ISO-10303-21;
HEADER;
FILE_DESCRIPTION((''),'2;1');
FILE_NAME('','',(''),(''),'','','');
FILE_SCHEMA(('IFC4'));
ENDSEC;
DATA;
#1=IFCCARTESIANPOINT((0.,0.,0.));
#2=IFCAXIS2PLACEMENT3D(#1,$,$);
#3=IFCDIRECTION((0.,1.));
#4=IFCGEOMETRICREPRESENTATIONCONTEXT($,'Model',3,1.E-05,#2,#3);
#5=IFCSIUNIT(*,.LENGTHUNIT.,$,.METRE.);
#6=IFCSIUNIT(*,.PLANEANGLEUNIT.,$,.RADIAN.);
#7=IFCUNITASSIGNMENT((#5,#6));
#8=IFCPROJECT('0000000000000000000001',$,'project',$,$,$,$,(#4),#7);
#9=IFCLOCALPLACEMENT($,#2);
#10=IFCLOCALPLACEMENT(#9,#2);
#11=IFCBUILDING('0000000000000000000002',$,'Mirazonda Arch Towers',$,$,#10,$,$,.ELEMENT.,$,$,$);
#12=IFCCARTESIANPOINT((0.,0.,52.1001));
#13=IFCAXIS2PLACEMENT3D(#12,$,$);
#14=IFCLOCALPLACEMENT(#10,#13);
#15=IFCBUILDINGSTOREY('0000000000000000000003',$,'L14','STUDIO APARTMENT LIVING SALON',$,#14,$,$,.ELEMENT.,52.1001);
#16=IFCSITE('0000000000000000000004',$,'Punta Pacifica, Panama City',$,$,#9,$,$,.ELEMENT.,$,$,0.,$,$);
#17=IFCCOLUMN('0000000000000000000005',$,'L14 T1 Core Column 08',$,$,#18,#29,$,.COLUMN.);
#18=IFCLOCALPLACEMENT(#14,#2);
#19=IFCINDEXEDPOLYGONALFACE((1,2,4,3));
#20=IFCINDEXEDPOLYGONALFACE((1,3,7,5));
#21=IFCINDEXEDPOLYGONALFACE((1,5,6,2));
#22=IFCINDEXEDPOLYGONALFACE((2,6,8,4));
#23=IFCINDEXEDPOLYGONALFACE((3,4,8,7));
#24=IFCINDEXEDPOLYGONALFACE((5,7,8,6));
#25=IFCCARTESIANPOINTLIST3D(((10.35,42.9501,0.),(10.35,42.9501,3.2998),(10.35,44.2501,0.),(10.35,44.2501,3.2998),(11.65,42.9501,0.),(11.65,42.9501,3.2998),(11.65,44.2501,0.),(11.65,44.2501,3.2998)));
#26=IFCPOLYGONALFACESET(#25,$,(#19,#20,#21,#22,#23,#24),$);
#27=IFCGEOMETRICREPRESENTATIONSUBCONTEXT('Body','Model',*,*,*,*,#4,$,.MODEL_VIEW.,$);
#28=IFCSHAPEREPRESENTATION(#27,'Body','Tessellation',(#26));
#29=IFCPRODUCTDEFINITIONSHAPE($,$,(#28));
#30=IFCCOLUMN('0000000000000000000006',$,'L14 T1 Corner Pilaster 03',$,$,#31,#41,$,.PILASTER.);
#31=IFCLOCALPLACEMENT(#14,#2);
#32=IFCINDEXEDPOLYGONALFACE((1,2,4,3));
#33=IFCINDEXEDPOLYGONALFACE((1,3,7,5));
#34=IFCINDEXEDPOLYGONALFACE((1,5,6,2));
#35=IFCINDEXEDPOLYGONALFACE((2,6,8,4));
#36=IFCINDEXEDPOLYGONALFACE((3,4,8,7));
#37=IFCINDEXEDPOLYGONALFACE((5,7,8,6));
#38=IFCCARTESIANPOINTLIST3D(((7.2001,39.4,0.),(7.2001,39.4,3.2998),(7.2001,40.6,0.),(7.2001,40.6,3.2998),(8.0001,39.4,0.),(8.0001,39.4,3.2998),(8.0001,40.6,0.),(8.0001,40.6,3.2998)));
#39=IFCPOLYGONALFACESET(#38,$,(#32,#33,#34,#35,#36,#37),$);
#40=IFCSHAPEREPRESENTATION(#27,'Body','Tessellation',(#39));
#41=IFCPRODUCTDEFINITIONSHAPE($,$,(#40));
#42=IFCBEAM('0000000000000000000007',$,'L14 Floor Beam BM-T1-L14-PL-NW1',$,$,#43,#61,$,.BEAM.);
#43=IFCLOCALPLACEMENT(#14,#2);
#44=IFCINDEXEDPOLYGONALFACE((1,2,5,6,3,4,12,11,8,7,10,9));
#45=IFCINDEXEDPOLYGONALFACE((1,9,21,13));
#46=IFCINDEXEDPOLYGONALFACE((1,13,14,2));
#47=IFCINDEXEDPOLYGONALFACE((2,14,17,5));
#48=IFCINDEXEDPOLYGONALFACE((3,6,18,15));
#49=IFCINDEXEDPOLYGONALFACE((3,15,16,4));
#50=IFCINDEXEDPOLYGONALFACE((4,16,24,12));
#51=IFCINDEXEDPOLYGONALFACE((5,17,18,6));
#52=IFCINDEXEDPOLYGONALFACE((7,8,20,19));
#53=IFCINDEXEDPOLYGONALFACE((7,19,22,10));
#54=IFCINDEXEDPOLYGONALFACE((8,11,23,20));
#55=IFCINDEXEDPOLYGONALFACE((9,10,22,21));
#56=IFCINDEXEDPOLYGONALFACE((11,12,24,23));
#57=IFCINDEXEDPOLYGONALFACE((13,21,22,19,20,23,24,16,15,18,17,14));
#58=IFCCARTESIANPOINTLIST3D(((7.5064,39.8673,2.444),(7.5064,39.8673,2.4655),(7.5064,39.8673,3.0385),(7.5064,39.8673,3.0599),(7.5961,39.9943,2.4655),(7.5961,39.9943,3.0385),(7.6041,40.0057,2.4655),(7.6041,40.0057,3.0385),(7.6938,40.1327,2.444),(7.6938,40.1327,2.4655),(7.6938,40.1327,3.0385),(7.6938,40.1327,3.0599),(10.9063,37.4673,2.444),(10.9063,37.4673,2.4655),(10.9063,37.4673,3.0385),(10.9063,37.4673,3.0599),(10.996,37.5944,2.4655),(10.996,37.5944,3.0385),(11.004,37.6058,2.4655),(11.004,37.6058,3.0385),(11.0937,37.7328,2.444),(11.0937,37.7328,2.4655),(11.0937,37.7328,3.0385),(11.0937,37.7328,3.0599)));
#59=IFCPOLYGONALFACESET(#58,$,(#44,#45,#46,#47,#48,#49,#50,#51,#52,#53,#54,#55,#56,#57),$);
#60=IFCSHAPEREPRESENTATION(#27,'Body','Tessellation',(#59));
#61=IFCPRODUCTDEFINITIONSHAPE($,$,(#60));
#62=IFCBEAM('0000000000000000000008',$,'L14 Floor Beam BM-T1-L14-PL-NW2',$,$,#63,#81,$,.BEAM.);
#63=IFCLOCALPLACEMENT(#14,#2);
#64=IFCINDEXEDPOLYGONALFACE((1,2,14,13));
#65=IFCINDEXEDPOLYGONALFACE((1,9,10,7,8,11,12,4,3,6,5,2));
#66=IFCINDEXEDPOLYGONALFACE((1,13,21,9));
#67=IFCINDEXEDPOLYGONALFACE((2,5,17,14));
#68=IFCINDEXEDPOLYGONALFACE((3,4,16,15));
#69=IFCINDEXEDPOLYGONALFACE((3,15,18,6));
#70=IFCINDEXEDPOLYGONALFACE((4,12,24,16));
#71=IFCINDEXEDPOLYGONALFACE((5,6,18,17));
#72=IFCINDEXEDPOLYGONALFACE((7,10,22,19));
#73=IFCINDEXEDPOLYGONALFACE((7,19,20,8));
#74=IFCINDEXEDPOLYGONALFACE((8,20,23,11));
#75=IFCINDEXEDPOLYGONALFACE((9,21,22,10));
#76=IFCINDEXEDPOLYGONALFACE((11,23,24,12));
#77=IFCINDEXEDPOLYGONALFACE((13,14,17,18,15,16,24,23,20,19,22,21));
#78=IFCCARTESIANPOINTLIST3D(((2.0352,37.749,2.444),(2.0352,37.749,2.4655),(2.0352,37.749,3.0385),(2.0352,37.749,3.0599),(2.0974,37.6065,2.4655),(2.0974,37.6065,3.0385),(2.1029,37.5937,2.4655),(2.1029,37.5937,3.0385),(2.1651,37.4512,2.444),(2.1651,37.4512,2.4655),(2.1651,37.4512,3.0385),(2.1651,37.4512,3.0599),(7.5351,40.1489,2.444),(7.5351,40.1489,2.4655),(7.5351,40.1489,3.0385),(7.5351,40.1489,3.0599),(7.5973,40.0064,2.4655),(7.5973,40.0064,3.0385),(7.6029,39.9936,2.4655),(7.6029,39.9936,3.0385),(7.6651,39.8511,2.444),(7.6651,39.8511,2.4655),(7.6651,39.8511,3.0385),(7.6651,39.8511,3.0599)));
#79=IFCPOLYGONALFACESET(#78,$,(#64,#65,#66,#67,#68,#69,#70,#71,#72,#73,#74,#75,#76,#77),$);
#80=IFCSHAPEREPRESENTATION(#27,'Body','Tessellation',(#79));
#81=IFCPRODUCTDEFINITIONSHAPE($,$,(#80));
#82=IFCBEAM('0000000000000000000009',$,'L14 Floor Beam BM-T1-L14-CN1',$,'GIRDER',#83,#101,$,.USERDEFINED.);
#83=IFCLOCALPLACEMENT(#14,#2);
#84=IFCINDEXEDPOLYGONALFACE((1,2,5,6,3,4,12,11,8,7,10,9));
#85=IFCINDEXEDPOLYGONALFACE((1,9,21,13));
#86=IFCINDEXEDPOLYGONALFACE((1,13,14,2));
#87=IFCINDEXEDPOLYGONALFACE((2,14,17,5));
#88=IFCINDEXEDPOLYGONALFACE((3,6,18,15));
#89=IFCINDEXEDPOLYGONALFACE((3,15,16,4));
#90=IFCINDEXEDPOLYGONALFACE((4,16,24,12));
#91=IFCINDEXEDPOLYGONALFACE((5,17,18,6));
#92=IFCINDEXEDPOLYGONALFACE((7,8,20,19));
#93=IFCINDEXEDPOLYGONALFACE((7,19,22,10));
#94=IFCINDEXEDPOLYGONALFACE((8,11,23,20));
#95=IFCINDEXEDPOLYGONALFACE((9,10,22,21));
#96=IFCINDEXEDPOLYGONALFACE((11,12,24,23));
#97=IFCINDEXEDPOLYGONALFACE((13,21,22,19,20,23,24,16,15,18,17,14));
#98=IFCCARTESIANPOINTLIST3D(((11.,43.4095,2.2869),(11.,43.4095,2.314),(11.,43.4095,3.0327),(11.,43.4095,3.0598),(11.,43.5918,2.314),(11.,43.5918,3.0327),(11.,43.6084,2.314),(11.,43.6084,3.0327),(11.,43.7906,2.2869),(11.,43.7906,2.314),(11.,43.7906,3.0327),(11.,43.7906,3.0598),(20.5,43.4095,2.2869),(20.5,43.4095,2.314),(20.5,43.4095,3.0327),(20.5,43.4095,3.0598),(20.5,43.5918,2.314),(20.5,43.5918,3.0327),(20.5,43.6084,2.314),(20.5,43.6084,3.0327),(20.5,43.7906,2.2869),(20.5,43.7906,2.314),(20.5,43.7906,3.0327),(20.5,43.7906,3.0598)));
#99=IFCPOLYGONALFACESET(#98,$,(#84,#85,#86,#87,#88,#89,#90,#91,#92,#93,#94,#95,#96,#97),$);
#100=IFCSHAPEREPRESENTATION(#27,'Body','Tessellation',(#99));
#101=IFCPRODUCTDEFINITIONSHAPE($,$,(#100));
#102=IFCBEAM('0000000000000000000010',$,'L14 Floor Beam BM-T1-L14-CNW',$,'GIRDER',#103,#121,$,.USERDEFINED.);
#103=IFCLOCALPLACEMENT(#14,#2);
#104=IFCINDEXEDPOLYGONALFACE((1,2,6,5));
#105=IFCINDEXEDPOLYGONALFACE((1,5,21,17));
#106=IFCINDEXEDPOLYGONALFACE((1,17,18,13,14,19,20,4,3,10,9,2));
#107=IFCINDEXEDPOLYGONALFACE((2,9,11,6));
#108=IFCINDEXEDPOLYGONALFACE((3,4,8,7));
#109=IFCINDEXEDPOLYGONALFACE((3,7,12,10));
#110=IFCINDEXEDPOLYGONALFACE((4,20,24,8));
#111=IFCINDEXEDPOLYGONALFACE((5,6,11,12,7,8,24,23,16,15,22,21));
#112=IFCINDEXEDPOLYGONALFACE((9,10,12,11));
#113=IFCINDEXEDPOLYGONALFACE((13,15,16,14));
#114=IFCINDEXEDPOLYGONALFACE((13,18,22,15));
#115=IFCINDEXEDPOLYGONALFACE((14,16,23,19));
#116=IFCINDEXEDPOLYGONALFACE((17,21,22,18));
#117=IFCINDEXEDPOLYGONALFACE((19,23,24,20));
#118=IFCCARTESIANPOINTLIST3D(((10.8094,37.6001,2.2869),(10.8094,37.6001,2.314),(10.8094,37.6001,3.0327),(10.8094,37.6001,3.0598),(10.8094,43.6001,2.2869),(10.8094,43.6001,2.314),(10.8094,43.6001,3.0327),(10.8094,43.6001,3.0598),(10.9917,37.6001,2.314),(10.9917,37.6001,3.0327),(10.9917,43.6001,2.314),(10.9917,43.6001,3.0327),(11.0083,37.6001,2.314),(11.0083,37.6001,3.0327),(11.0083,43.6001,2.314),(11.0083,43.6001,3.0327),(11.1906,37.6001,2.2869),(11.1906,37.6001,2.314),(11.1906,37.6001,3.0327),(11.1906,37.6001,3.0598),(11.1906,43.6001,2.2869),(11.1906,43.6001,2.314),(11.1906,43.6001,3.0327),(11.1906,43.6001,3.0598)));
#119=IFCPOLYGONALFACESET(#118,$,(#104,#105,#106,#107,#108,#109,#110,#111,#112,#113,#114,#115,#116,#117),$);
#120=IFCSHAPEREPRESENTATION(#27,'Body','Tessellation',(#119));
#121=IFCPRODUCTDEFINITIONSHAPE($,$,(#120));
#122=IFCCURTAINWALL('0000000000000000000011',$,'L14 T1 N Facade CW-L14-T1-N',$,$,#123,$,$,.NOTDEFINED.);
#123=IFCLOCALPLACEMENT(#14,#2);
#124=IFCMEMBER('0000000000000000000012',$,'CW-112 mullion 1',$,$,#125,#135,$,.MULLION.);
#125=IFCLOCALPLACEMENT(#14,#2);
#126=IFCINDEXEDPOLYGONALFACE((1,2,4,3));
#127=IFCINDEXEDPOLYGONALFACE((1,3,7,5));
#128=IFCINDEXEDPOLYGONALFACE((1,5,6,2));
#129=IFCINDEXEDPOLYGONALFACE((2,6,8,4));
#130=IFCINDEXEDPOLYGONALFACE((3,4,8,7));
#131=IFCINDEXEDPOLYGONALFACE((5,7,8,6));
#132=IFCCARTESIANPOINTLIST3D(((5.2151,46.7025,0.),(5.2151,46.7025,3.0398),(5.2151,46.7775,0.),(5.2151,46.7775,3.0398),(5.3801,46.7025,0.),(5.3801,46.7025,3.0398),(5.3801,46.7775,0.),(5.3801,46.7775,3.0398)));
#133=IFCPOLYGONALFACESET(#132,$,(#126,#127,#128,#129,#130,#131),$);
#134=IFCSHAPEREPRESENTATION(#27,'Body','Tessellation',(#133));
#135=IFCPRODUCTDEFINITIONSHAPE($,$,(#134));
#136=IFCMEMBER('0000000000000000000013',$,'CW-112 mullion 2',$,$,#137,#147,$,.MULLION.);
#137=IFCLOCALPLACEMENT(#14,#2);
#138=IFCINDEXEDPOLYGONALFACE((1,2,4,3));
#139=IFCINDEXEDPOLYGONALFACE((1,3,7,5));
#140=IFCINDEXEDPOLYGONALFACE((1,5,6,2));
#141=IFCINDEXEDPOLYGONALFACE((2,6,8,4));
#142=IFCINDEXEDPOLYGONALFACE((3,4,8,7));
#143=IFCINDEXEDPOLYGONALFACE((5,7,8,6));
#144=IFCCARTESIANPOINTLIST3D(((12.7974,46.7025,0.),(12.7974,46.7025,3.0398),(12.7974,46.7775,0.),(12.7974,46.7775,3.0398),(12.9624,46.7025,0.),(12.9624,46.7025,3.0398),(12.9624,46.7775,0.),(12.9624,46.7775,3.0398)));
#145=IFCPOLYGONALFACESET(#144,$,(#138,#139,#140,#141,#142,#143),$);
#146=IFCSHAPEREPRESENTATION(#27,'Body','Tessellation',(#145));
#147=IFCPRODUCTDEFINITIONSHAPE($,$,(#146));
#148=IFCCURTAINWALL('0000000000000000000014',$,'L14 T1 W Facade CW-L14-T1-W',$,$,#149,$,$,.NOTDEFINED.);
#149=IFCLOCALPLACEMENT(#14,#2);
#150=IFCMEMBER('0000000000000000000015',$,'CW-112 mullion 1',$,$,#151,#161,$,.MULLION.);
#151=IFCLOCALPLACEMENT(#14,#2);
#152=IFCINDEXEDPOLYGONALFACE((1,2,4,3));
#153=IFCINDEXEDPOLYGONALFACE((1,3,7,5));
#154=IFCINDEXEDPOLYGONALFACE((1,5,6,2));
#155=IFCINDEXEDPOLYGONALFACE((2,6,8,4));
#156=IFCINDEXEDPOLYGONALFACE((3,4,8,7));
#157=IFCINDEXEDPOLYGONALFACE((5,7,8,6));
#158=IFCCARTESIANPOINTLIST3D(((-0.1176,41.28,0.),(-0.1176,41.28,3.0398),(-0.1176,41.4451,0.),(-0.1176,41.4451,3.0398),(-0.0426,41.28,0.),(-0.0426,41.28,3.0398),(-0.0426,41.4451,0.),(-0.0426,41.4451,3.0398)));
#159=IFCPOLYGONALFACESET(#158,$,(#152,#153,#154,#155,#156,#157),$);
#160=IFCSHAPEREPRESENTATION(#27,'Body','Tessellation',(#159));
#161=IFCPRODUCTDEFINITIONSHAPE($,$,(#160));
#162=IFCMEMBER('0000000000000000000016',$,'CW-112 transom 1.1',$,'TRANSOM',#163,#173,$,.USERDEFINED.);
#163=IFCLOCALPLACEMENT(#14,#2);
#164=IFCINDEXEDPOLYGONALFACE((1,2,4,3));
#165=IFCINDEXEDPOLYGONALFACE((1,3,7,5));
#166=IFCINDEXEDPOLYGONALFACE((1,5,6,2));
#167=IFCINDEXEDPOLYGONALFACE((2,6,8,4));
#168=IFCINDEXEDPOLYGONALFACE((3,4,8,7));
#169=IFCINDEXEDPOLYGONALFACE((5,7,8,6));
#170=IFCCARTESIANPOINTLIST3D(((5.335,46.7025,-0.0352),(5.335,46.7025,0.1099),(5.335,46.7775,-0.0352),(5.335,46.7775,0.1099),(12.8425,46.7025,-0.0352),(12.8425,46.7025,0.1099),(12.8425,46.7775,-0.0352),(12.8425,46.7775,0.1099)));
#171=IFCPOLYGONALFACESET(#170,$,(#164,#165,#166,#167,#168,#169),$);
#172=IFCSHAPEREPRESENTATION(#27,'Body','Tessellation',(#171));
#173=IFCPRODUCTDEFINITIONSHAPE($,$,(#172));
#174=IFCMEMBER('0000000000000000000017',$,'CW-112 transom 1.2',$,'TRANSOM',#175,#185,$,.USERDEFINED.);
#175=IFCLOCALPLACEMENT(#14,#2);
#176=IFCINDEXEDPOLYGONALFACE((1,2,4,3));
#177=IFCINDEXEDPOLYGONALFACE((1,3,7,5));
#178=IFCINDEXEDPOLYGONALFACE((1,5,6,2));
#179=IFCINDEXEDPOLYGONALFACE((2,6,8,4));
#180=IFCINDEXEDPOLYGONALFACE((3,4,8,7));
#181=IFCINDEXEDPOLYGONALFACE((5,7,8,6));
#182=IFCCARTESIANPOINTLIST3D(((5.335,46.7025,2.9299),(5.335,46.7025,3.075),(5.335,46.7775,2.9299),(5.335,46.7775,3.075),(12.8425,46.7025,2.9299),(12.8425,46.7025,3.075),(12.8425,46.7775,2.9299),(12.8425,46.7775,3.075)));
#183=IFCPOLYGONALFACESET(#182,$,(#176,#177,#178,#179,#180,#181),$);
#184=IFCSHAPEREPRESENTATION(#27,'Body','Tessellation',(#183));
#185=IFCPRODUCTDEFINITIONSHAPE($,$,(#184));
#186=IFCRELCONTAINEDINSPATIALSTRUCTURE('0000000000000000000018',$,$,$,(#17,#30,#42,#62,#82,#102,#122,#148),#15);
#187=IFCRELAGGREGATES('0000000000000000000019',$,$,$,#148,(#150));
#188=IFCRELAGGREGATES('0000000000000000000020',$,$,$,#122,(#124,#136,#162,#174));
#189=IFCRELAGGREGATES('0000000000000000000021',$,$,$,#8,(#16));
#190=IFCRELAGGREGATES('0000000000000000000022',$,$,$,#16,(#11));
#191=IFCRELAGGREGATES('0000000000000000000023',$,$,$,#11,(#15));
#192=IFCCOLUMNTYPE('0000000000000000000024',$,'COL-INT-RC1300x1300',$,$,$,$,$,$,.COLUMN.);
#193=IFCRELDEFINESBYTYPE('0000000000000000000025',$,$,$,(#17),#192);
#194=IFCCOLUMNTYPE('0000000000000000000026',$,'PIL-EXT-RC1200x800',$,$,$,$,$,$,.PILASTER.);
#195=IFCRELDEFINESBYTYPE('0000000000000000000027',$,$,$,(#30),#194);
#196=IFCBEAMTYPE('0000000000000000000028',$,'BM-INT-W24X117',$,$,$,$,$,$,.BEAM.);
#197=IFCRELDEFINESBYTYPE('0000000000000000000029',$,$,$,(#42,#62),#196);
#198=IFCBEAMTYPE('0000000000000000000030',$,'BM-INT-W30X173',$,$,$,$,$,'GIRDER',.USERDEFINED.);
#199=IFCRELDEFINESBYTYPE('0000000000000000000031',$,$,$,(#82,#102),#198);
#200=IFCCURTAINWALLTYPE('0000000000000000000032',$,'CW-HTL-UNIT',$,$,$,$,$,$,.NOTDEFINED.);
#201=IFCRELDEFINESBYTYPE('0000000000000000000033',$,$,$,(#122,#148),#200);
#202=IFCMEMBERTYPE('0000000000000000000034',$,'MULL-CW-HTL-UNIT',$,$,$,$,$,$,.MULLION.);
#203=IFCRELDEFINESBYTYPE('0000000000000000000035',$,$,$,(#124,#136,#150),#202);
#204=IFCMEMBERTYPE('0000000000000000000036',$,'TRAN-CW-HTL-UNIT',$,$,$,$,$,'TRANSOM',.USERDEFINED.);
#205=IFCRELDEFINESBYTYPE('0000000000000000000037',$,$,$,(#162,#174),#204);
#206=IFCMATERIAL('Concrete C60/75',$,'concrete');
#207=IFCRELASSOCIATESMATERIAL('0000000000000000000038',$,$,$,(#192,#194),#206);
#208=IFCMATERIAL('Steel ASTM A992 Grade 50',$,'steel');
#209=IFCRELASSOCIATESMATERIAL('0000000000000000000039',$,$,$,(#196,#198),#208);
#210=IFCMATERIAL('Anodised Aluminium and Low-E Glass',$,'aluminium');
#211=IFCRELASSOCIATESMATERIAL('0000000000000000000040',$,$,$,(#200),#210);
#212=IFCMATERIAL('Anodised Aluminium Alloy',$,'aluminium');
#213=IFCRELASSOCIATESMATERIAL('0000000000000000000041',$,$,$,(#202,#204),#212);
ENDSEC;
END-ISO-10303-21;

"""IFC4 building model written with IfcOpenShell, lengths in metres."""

from ifc_helpers import new_model, si_unit, direction, frame, origin, origin_2d, place, context, subcontext, project, spatial, rectangle, i_section, extrude, material, material_profile, profile_set, type_object, element, aggregate, save


model = new_model("IFC4")

# Units and contexts
model_context = context("Model", 3, precision=1e-05, world=origin(), true_north=direction((0.0, 1.0)))
body_context = subcontext(model_context, "Body", "Model", "MODEL_VIEW")
ifc_project = project(units=[si_unit("LENGTHUNIT", "METRE"), si_unit("PLANEANGLEUNIT", "RADIAN")], contexts=[model_context])

# Site, building, storey
site_placement = place(None, origin())
site = spatial("IfcSite", under=ifc_project, at=site_placement, Name="Punta Pacifica, Panama City", CompositionType="ELEMENT", RefElevation=0.0)
building_placement = place(site_placement, origin())
building = spatial("IfcBuilding", under=site, at=building_placement, Name="Mirazonda Arch Towers", CompositionType="ELEMENT")
storey_placement = place(building_placement, frame((0.0, 0.0, 52.1001)))
storey = spatial("IfcBuildingStorey", under=building, at=storey_placement, Name="L14", Description="STUDIO APARTMENT LIVING SALON", CompositionType="ELEMENT", Elevation=52.1001)

# Columns
ifc_material_1 = material(Name="Concrete C60/75", Category="concrete")
ifc_material_profile_1 = material_profile(ifc_material_1, rectangle(XDim=1.3, YDim=1.3, at=origin_2d()), Name="RC1300x1300")
ifc_profile_set_1 = profile_set([ifc_material_profile_1], Name="Concrete C60/75")
column_type_1 = type_object("IfcColumnType", Name="COL-INT-RC1300x1300", PredefinedType="COLUMN", material=ifc_profile_set_1)
column_1_placement = place(storey_placement, frame((11.0, 43.6001, 0.0), z_axis=(0.0, 0.0, 1.0), x_axis=(1.0, 0.0, 0.0)))
element("IfcColumn", 1, at=column_1_placement, inside=storey, type_object=column_type_1, Name="L14 T1 Core Column 08", PredefinedType="COLUMN", context=body_context, shape_type="SweptSolid", body=[
    extrude(rectangle(XDim=1.3, YDim=1.3, at=origin_2d()), origin(), (0.0, 0.0, 1.0), 3.2998),
])
ifc_material_profile_2 = material_profile(ifc_material_1, rectangle(XDim=0.8, YDim=1.2, at=origin_2d()), Name="RC1200x800")
ifc_profile_set_2 = profile_set([ifc_material_profile_2], Name="Concrete C60/75")
column_type_2 = type_object("IfcColumnType", Name="PIL-EXT-RC1200x800", PredefinedType="PILASTER", material=ifc_profile_set_2)
column_2_placement = place(storey_placement, frame((7.6001, 40.0, 0.0), z_axis=(0.0, 0.0, 1.0), x_axis=(1.0, 0.0, 0.0)))
element("IfcColumn", 2, at=column_2_placement, inside=storey, type_object=column_type_2, Name="L14 T1 Corner Pilaster 03", PredefinedType="PILASTER", context=body_context, shape_type="SweptSolid", body=[
    extrude(rectangle(XDim=0.8, YDim=1.2, at=origin_2d()), origin(), (0.0, 0.0, 1.0), 3.2998),
])

# Beams
ifc_material_2 = material(Name="Steel ASTM A992 Grade 50", Category="steel")
ifc_material_profile_3 = material_profile(ifc_material_2, i_section(OverallWidth=0.325, OverallDepth=0.616, WebThickness=0.0139, FlangeThickness=0.0215, at=origin_2d()), Name="W24X117")
ifc_profile_set_3 = profile_set([ifc_material_profile_3], Name="Steel ASTM A992 Grade 50")
beam_type_1 = type_object("IfcBeamType", Name="BM-INT-W24X117", PredefinedType="BEAM", material=ifc_profile_set_3)
beam_1_placement = place(storey_placement, frame((7.6001, 40.0, 2.752), z_axis=(0.816971, -0.576679, 0.0), x_axis=(0.576679, 0.816971, 0.0)))
element("IfcBeam", 3, at=beam_1_placement, inside=storey, type_object=beam_type_1, Name="L14 Floor Beam BM-T1-L14-PL-NW1", PredefinedType="BEAM", context=body_context, shape_type="SweptSolid", body=[
    extrude(i_section(OverallWidth=0.325, OverallDepth=0.616, WebThickness=0.0139, FlangeThickness=0.0215, at=origin_2d()), origin(), (0.0, 0.0, 1.0), 4.1616),
])
beam_2_placement = place(storey_placement, frame((7.6001, 40.0, 2.752), z_axis=(-0.916545, -0.399931, 0.0), x_axis=(0.399931, -0.916545, 0.0)))
element("IfcBeam", 4, at=beam_2_placement, inside=storey, type_object=beam_type_1, Name="L14 Floor Beam BM-T1-L14-PL-NW2", PredefinedType="BEAM", context=body_context, shape_type="SweptSolid", body=[
    extrude(i_section(OverallWidth=0.325, OverallDepth=0.616, WebThickness=0.0139, FlangeThickness=0.0215, at=origin_2d()), origin(), (0.0, 0.0, 1.0), 6.0007),
])
ifc_material_profile_4 = material_profile(ifc_material_2, i_section(OverallWidth=0.3811, OverallDepth=0.7729, WebThickness=0.0166, FlangeThickness=0.0271, at=origin_2d()), Name="W30X173")
ifc_profile_set_4 = profile_set([ifc_material_profile_4], Name="Steel ASTM A992 Grade 50")
beam_type_2 = type_object("IfcBeamType", Name="BM-INT-W30X173", ElementType="GIRDER", PredefinedType="USERDEFINED", material=ifc_profile_set_4)
beam_3_placement = place(storey_placement, frame((11.0, 43.6001, 2.6733), z_axis=(1.0, 0.0, 0.0), x_axis=(0.0, 1.0, 0.0)))
element("IfcBeam", 5, at=beam_3_placement, inside=storey, type_object=beam_type_2, Name="L14 Floor Beam BM-T1-L14-CN1", ObjectType="GIRDER", PredefinedType="USERDEFINED", context=body_context, shape_type="SweptSolid", body=[
    extrude(i_section(OverallWidth=0.3811, OverallDepth=0.7729, WebThickness=0.0166, FlangeThickness=0.0271, at=origin_2d()), origin(), (0.0, 0.0, 1.0), 9.5),
])
beam_4_placement = place(storey_placement, frame((11.0, 37.6001, 2.6733), z_axis=(0.0, 1.0, 0.0), x_axis=(-1.0, 0.0, 0.0)))
element("IfcBeam", 6, at=beam_4_placement, inside=storey, type_object=beam_type_2, Name="L14 Floor Beam BM-T1-L14-CNW", ObjectType="GIRDER", PredefinedType="USERDEFINED", context=body_context, shape_type="SweptSolid", body=[
    extrude(i_section(OverallWidth=0.3811, OverallDepth=0.7729, WebThickness=0.0166, FlangeThickness=0.0271, at=origin_2d()), origin(), (0.0, 0.0, 1.0), 6.0),
])

# Curtain wall, members
ifc_material_3 = material(Name="Anodised Aluminium and Low-E Glass", Category="aluminium")
curtain_wall_type = type_object("IfcCurtainWallType", Name="CW-HTL-UNIT", PredefinedType="NOTDEFINED", material=ifc_material_3)
curtain_wall_1_placement = place(storey_placement, origin())
curtain_wall_1 = element("IfcCurtainWall", 7, at=curtain_wall_1_placement, inside=storey, type_object=curtain_wall_type, Name="L14 T1 N Facade CW-L14-T1-N", PredefinedType="NOTDEFINED")
ifc_material_4 = material(Name="Anodised Aluminium Alloy", Category="aluminium")
ifc_material_profile_5 = material_profile(ifc_material_4, rectangle(XDim=0.075, YDim=0.165, at=origin_2d()), Name="ALU-MULL-75x165")
ifc_profile_set_5 = profile_set([ifc_material_profile_5], Name="Anodised Aluminium Alloy")
member_type_1 = type_object("IfcMemberType", Name="MULL-CW-HTL-UNIT", PredefinedType="MULLION", material=ifc_profile_set_5)
member_1_placement = place(storey_placement, frame((5.2976, 46.74, 0.0), z_axis=(0.0, 0.0, 1.0), x_axis=(0.0, 1.0, 0.0)))
member_1 = element("IfcMember", 8, at=member_1_placement, type_object=member_type_1, Name="CW-112 mullion 1", PredefinedType="MULLION", context=body_context, shape_type="SweptSolid", body=[
    extrude(rectangle(XDim=0.075, YDim=0.165, at=origin_2d()), origin(), (0.0, 0.0, 1.0), 3.0398),
])
member_2_placement = place(storey_placement, frame((12.8799, 46.74, 0.0), z_axis=(0.0, 0.0, 1.0), x_axis=(0.0, 1.0, 0.0)))
member_2 = element("IfcMember", 9, at=member_2_placement, type_object=member_type_1, Name="CW-112 mullion 2", PredefinedType="MULLION", context=body_context, shape_type="SweptSolid", body=[
    extrude(rectangle(XDim=0.075, YDim=0.165, at=origin_2d()), origin(), (0.0, 0.0, 1.0), 3.0398),
])

# Curtain wall, member
curtain_wall_2_placement = place(storey_placement, origin())
curtain_wall_2 = element("IfcCurtainWall", 10, at=curtain_wall_2_placement, inside=storey, type_object=curtain_wall_type, Name="L14 T1 W Facade CW-L14-T1-W", PredefinedType="NOTDEFINED")
member_3_placement = place(storey_placement, frame((-0.0801, 41.3625, 0.0), z_axis=(0.0, 0.0, 1.0), x_axis=(1.0, 0.0, 0.0)))
member_3 = element("IfcMember", 11, at=member_3_placement, type_object=member_type_1, Name="CW-112 mullion 1", PredefinedType="MULLION", context=body_context, shape_type="SweptSolid", body=[
    extrude(rectangle(XDim=0.075, YDim=0.165, at=origin_2d()), origin(), (0.0, 0.0, 1.0), 3.0398),
])

# Members
ifc_material_profile_6 = material_profile(ifc_material_4, rectangle(XDim=0.075, YDim=0.145, at=origin_2d()), Name="ALU-TRAN-75x145")
ifc_profile_set_6 = profile_set([ifc_material_profile_6], Name="Anodised Aluminium Alloy")
member_type_2 = type_object("IfcMemberType", Name="TRAN-CW-HTL-UNIT", ElementType="TRANSOM", PredefinedType="USERDEFINED", material=ifc_profile_set_6)
member_4_placement = place(storey_placement, frame((5.335, 46.74, 0.0374), z_axis=(1.0, 0.0, 0.0), x_axis=(0.0, 1.0, 0.0)))
member_4 = element("IfcMember", 12, at=member_4_placement, type_object=member_type_2, Name="CW-112 transom 1.1", ObjectType="TRANSOM", PredefinedType="USERDEFINED", context=body_context, shape_type="SweptSolid", body=[
    extrude(rectangle(XDim=0.075, YDim=0.145, at=origin_2d()), origin(), (0.0, 0.0, 1.0), 7.5076),
])
member_5_placement = place(storey_placement, frame((5.335, 46.74, 3.0024), z_axis=(1.0, 0.0, 0.0), x_axis=(0.0, 1.0, 0.0)))
member_5 = element("IfcMember", 13, at=member_5_placement, type_object=member_type_2, Name="CW-112 transom 1.2", ObjectType="TRANSOM", PredefinedType="USERDEFINED", context=body_context, shape_type="SweptSolid", body=[
    extrude(rectangle(XDim=0.075, YDim=0.145, at=origin_2d()), origin(), (0.0, 0.0, 1.0), 7.5076),
])
aggregate(curtain_wall_2, [member_3])

aggregate(curtain_wall_1, [member_1, member_2, member_4, member_5])

save(model, "model.ifc")
